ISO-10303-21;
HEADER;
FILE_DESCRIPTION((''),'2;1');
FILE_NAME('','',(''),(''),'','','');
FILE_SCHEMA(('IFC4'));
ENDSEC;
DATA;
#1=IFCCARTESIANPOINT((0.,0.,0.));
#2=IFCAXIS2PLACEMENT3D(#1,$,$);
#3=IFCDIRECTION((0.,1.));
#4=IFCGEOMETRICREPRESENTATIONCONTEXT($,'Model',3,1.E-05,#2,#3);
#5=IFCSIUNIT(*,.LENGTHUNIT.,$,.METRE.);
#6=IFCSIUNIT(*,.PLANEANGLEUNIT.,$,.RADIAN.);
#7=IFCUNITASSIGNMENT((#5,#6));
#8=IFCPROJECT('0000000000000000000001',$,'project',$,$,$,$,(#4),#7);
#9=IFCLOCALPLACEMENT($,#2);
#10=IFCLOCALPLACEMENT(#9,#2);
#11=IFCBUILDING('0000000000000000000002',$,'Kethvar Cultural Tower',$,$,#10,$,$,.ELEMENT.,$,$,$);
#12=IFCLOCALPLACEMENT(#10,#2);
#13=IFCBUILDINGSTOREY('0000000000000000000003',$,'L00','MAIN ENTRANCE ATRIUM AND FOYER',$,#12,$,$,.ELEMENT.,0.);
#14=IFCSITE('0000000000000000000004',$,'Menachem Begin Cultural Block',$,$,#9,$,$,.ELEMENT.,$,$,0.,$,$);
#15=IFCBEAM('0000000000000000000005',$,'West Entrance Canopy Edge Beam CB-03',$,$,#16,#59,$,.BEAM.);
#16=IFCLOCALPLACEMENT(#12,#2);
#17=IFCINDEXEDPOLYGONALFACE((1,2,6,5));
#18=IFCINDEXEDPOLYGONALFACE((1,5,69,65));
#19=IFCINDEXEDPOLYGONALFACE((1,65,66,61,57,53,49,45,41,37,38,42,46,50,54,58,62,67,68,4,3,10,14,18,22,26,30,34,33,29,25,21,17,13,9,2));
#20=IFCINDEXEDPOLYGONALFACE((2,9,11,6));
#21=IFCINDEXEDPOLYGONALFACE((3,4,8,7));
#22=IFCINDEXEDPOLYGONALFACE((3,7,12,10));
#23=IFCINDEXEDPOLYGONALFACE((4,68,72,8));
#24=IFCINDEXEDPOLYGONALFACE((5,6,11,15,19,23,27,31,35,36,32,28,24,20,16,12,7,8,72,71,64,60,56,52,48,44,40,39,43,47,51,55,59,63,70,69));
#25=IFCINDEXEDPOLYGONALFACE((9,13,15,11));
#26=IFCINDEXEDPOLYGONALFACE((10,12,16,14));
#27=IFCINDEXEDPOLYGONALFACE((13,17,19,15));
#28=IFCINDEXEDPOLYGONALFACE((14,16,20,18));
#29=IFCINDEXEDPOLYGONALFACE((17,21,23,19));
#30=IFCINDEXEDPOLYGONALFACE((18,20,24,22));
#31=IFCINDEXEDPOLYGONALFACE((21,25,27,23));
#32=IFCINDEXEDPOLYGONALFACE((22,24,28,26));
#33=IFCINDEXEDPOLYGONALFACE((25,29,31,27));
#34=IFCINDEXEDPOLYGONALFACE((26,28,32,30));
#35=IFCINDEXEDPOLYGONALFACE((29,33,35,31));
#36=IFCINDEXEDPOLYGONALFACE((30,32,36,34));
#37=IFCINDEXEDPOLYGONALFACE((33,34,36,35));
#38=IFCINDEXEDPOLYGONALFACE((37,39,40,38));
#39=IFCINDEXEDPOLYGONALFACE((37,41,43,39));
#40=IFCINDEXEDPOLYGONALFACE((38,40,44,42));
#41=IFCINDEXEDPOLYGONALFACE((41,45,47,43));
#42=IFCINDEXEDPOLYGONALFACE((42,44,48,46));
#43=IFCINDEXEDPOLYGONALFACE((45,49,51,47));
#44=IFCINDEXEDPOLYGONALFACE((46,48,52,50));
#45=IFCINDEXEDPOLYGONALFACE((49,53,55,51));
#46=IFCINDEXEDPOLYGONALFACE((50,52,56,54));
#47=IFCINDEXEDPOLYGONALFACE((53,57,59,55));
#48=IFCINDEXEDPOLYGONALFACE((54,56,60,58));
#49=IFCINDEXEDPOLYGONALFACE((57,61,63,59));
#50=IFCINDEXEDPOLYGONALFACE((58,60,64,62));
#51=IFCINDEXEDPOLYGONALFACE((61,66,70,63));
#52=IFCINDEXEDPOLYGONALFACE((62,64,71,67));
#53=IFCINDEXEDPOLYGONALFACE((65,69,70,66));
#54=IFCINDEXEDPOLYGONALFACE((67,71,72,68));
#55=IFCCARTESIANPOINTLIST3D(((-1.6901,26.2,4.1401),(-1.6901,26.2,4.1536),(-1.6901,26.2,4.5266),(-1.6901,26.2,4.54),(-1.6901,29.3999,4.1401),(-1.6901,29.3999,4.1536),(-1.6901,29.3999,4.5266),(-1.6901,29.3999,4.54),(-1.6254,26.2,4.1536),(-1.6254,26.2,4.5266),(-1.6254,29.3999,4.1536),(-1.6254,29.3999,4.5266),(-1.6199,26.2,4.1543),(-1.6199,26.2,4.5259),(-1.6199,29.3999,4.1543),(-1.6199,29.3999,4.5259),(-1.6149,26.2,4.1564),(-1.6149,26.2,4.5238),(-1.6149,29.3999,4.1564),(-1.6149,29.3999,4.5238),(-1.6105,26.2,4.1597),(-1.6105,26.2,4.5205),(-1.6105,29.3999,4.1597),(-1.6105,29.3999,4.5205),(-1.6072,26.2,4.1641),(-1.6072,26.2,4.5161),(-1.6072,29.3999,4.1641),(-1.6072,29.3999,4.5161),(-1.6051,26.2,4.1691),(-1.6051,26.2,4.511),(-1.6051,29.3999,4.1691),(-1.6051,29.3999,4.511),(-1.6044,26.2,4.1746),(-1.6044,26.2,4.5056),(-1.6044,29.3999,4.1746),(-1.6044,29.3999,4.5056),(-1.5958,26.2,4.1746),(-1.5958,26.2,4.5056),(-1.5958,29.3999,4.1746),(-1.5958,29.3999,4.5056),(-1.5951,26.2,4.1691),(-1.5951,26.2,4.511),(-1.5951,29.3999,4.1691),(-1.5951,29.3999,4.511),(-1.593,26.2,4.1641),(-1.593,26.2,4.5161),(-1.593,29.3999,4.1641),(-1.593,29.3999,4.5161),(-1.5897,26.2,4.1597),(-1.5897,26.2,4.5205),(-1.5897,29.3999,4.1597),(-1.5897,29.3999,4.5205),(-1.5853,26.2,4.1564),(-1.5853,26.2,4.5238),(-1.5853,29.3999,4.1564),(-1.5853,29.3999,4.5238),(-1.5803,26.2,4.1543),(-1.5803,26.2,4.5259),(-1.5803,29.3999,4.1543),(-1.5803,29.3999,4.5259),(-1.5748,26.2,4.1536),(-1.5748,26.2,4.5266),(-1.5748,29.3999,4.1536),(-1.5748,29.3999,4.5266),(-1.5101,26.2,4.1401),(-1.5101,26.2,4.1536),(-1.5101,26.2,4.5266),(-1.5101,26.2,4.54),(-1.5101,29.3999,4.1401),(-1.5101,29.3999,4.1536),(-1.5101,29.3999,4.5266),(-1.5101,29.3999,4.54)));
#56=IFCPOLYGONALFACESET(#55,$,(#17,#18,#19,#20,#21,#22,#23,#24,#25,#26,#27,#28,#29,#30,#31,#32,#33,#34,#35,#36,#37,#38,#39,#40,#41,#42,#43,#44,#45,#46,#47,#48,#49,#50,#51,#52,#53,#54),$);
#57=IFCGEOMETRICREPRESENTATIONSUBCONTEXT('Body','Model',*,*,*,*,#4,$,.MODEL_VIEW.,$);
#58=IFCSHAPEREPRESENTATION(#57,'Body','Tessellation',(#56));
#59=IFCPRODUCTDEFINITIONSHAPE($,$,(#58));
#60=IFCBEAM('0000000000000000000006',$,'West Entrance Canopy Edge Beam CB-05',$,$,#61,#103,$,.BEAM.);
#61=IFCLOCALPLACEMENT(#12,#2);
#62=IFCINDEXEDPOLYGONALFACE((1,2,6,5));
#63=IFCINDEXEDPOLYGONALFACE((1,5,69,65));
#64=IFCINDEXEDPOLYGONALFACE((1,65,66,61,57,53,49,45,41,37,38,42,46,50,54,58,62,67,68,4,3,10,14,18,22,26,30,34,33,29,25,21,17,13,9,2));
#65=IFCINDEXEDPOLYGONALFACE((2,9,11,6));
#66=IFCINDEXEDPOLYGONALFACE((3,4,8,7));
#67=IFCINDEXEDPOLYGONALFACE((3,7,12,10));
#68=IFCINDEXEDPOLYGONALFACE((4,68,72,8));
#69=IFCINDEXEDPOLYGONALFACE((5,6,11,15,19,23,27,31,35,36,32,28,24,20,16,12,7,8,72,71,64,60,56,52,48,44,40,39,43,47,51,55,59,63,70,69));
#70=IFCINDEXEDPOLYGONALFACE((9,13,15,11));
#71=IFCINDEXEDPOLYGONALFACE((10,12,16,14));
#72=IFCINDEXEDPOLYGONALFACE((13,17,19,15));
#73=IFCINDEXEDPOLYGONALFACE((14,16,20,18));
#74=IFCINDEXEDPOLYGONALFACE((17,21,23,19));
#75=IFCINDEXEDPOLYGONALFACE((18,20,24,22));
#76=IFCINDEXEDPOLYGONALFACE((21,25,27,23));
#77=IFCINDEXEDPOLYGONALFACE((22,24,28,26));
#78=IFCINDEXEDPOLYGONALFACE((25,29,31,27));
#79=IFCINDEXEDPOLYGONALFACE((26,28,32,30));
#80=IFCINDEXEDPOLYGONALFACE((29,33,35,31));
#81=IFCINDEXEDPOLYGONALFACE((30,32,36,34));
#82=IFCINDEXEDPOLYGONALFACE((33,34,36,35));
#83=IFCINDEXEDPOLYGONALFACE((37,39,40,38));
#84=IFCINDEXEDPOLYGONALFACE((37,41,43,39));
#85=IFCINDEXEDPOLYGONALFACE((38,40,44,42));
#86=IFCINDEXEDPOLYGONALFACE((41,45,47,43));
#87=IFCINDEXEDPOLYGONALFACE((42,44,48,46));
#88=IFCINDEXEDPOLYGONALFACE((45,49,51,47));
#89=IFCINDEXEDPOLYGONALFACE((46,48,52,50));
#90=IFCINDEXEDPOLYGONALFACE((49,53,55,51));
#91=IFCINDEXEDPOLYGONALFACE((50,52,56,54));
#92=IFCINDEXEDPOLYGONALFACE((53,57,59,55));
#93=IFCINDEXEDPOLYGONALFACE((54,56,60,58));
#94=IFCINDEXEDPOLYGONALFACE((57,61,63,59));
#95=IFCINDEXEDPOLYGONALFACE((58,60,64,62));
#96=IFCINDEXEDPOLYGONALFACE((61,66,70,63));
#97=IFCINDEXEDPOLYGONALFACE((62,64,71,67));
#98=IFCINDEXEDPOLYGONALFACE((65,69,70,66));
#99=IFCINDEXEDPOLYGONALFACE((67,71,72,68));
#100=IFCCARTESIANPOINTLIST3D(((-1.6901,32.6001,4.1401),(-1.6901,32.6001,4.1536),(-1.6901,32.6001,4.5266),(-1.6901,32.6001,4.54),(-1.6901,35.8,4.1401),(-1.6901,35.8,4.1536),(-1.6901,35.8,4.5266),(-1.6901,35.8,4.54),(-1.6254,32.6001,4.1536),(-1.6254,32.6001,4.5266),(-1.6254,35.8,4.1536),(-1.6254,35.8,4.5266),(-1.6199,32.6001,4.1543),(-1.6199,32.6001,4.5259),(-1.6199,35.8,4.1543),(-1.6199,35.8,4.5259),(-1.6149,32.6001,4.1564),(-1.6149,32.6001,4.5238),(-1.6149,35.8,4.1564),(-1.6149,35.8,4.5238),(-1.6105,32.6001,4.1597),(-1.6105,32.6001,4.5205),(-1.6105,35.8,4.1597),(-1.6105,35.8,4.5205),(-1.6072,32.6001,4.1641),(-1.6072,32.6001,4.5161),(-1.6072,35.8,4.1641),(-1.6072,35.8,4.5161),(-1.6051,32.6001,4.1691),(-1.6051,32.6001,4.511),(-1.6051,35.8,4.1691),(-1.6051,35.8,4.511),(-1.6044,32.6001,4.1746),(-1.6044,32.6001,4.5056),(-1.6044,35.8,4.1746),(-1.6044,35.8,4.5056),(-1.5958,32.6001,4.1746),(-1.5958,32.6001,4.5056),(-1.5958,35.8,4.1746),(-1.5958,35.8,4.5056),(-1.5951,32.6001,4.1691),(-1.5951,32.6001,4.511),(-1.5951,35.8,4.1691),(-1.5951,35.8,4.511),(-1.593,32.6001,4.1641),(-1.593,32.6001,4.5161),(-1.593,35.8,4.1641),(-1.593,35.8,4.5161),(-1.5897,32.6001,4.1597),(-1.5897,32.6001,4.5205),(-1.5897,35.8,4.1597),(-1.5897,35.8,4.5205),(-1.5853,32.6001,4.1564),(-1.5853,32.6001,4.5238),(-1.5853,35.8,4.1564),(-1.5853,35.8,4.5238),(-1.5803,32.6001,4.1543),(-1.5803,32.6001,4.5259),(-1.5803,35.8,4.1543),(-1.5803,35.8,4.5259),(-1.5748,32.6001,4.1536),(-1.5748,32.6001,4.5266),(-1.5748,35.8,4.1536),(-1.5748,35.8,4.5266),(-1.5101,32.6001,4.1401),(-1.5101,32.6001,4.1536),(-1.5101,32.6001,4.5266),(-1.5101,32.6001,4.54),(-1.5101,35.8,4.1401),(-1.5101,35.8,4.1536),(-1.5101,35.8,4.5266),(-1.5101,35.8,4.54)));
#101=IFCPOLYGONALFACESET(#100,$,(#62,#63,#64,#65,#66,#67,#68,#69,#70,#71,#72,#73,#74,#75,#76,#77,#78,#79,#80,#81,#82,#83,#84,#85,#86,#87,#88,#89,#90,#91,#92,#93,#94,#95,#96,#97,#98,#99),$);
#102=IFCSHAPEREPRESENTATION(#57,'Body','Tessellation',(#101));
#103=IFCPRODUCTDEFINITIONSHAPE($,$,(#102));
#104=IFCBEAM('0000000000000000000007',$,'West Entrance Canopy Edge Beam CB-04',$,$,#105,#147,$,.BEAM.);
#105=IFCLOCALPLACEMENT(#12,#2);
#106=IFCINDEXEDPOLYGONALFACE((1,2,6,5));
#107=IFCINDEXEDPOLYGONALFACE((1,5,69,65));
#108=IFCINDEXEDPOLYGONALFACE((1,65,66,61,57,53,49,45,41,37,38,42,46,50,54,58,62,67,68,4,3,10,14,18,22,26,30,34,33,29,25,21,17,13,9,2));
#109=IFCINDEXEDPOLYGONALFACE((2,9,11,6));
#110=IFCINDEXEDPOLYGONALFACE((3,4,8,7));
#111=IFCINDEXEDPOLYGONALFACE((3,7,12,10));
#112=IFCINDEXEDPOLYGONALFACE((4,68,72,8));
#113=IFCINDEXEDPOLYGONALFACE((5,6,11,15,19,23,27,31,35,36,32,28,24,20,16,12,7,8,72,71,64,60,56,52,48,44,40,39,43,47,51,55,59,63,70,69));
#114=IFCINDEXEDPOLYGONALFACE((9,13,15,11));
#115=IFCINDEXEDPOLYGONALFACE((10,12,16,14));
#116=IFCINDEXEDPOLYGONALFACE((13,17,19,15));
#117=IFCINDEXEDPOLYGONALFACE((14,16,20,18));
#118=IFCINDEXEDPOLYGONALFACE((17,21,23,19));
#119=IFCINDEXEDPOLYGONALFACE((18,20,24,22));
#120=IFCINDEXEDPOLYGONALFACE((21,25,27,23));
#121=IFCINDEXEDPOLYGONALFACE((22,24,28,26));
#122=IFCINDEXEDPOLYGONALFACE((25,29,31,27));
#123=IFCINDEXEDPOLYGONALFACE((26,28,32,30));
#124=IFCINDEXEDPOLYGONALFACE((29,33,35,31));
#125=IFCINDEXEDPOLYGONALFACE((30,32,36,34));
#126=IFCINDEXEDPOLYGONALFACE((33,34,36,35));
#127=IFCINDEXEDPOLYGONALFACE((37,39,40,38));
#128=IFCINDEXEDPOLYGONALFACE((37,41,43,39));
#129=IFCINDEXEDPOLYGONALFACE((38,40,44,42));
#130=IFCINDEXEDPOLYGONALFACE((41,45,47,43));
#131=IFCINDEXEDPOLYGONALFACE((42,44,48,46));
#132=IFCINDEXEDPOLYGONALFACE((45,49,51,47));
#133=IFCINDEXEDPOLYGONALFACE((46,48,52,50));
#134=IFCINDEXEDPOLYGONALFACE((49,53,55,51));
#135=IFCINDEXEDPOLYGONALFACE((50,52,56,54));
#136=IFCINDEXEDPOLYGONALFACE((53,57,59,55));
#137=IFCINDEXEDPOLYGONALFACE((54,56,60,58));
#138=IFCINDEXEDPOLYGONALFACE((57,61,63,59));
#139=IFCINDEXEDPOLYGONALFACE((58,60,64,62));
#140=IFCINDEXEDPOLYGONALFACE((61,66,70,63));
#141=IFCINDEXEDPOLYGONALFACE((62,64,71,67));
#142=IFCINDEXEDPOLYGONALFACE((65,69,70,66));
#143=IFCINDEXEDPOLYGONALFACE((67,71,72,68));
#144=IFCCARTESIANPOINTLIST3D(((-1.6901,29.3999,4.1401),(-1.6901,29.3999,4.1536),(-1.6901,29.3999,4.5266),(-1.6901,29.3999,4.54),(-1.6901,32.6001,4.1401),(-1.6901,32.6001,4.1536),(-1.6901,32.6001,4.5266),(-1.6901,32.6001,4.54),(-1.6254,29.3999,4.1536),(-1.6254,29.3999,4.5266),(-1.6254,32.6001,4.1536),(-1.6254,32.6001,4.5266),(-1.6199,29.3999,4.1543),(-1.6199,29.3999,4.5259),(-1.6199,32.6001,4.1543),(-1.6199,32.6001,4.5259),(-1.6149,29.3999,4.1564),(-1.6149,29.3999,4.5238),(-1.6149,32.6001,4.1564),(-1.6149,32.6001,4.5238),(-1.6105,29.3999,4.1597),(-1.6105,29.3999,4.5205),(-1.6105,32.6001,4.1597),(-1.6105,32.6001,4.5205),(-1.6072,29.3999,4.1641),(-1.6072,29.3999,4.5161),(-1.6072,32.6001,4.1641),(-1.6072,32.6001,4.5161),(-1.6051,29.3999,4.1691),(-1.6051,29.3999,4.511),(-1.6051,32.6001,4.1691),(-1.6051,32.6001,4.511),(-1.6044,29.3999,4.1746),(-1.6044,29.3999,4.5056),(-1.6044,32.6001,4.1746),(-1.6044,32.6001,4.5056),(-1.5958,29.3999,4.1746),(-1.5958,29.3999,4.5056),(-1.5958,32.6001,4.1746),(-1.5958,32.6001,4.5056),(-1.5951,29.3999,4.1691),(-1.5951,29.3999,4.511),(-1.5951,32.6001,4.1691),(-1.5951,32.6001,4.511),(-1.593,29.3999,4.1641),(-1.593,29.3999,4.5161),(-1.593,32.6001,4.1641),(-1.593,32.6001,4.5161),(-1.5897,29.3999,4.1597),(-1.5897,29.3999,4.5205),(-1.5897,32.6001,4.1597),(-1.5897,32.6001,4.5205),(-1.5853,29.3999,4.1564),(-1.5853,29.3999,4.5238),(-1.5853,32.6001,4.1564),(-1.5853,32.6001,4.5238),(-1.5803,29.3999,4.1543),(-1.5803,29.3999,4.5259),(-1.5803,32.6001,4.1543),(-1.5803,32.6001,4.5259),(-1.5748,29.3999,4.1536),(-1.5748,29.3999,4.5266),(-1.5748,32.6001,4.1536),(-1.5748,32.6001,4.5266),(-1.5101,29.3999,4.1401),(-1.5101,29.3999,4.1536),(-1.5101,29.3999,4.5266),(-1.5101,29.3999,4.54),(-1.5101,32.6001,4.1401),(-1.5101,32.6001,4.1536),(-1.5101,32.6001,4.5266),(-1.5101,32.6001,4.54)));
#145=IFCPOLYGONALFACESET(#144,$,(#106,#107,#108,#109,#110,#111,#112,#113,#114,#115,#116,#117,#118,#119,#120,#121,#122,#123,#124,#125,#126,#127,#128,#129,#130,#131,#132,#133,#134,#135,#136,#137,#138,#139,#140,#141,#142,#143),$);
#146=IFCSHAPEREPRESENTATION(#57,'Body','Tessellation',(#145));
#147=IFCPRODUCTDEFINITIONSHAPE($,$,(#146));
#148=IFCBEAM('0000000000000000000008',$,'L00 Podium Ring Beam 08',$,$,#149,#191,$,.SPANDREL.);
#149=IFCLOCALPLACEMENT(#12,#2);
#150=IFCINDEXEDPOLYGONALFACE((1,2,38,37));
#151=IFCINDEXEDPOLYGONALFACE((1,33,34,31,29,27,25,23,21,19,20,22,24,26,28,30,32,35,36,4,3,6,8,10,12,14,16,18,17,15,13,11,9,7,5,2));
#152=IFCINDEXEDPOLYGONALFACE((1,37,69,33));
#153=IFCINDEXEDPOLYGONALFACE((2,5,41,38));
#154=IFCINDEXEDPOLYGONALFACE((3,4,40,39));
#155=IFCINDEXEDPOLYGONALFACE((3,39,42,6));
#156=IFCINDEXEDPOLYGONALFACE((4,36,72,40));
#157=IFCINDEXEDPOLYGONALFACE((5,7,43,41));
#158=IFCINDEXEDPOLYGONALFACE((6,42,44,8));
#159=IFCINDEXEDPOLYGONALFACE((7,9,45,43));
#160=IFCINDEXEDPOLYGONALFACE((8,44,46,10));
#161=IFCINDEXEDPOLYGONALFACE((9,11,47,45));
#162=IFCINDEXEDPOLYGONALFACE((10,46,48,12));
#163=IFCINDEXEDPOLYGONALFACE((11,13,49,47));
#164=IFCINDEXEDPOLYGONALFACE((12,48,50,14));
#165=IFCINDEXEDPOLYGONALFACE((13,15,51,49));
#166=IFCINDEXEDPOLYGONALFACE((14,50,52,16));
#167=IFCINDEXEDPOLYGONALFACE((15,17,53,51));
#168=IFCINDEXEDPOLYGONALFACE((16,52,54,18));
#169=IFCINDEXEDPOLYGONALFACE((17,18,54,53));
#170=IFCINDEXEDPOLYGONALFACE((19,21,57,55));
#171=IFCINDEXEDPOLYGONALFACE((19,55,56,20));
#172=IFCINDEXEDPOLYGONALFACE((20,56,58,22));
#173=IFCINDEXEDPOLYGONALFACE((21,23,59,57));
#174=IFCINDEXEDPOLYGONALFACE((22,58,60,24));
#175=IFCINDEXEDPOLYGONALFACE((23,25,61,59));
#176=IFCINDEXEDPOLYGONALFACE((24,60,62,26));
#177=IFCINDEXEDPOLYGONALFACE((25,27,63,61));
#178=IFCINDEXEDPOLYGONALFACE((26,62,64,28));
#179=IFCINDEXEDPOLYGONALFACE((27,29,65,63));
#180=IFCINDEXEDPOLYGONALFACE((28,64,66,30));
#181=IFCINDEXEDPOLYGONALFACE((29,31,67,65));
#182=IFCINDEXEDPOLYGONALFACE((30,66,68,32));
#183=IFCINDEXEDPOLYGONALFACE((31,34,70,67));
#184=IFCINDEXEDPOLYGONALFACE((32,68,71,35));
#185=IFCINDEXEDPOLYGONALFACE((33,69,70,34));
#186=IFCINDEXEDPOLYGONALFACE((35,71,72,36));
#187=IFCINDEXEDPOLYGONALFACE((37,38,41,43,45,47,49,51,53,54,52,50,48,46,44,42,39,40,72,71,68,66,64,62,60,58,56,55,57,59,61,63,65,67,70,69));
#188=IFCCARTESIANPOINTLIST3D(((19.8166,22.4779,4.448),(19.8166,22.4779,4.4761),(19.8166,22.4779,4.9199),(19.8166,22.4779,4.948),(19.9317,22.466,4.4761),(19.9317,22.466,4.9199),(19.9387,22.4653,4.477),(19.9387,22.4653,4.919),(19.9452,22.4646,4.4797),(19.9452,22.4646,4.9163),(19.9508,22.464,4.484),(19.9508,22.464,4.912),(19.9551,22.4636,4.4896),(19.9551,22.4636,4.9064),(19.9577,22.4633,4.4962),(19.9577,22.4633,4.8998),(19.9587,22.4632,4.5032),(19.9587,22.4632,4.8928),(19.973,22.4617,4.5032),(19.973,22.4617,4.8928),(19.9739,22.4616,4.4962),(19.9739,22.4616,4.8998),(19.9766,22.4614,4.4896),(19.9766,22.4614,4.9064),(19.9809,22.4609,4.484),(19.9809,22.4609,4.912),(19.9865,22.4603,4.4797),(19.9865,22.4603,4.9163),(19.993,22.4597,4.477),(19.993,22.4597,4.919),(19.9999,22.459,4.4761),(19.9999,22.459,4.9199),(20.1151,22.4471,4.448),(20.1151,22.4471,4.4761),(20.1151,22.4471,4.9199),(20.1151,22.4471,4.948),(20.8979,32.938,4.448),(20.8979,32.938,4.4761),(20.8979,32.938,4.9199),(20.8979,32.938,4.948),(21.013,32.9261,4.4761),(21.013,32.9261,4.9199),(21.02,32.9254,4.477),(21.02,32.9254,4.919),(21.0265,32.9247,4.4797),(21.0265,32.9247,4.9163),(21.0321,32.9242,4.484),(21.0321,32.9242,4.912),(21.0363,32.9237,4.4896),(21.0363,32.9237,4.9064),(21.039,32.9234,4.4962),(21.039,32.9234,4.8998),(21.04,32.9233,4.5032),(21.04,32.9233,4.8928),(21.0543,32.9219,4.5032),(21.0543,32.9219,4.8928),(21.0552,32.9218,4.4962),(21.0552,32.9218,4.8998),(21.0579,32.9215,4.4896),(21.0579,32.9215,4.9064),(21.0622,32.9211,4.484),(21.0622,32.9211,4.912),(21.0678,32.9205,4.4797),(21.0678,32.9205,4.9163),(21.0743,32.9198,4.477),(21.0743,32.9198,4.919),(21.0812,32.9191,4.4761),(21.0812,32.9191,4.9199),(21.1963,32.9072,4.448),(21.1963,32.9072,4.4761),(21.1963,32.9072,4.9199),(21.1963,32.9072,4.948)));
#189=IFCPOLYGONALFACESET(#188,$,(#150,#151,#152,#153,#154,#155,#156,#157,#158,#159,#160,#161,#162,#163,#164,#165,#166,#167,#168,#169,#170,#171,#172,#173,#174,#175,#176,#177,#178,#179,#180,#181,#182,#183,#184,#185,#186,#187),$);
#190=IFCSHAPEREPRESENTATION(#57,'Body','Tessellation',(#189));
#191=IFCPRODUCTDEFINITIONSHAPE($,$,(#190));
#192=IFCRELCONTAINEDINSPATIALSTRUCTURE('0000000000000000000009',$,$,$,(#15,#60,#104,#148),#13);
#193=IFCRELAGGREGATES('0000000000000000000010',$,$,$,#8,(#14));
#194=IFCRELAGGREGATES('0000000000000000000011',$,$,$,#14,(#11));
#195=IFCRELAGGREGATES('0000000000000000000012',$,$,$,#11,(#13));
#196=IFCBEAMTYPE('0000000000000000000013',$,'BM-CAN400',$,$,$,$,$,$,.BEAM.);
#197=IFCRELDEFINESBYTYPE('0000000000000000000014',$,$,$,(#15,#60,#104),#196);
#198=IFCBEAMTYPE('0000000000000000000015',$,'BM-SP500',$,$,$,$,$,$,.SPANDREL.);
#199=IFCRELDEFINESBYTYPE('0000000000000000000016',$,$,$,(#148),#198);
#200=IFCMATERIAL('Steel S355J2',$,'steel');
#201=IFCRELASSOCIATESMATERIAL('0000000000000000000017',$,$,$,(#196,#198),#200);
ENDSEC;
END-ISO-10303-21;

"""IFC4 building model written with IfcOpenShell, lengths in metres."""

from ifc_helpers import new_model, si_unit, direction, frame, origin, origin_2d, place, context, subcontext, project, spatial, i_section, extrude, source, transform, mapped, material, material_profile, profile_set, type_object, element, save


model = new_model("IFC4")

# Units and contexts
model_context = context("Model", 3, precision=1e-05, world=origin(), true_north=direction((0.0, 1.0)))
body_context = subcontext(model_context, "Body", "Model", "MODEL_VIEW")
ifc_project = project(units=[si_unit("LENGTHUNIT", "METRE"), si_unit("PLANEANGLEUNIT", "RADIAN")], contexts=[model_context])

# Site, building, storey
site_placement = place(None, origin())
site = spatial("IfcSite", under=ifc_project, at=site_placement, Name="Menachem Begin Cultural Block", CompositionType="ELEMENT", RefElevation=0.0)
building_placement = place(site_placement, origin())
building = spatial("IfcBuilding", under=site, at=building_placement, Name="Kethvar Cultural Tower", CompositionType="ELEMENT")
storey_placement = place(building_placement, origin())
storey = spatial("IfcBuildingStorey", under=building, at=storey_placement, Name="L00", Description="MAIN ENTRANCE ATRIUM AND FOYER", CompositionType="ELEMENT", Elevation=0.0)

# Beams
ifc_material_1 = material(Name="Steel S355J2", Category="steel")
ifc_material_profile_1 = material_profile(ifc_material_1, i_section(OverallWidth=0.1799, OverallDepth=0.3999, WebThickness=0.0085, FlangeThickness=0.0134, FilletRadius=0.021, at=origin_2d()), Name="Steel S355J2 — IPE400")
ifc_profile_set_1 = profile_set([ifc_material_profile_1], Name="Steel S355J2 — IPE400")
beam_type_1 = type_object("IfcBeamType", Name="BM-CAN400", PredefinedType="BEAM", material=ifc_profile_set_1)
shared_shape_1 = source(origin(), body_context, "Body", "SweptSolid", [
    extrude(i_section(OverallWidth=0.1799, OverallDepth=0.3999, WebThickness=0.0085, FlangeThickness=0.0134, FilletRadius=0.021, at=origin_2d()), origin(), (0.0, 0.0, 1.0), 3.2),
])
for number, where, z_axis, x_axis, name in (
    (1, (-1.6001, 26.2, 4.3401), (0.0, 1.0, 0.0), (-1.0, 0.0, 0.0), "West Entrance Canopy Edge Beam CB-03"),
    (2, (-1.6001, 32.6001, 4.3401), (0.0, 1.0, 0.0), (-1.0, 0.0, 0.0), "West Entrance Canopy Edge Beam CB-05"),
):
    element("IfcBeam", number, at=place(storey_placement, frame(where, z_axis=z_axis, x_axis=x_axis)), inside=storey, type_object=beam_type_1, Name=name, PredefinedType="BEAM", context=body_context, shape_type="MappedRepresentation", body=[
        mapped(shared_shape_1, transform((0.0, 0.0, 0.0), scale=1.0)),
    ])
shared_shape_2 = source(origin(), body_context, "Body", "SweptSolid", [
    extrude(i_section(OverallWidth=0.1799, OverallDepth=0.3999, WebThickness=0.0085, FlangeThickness=0.0134, FilletRadius=0.021, at=origin_2d()), origin(), (0.0, 0.0, 1.0), 3.2002),
])
beam_1_placement = place(storey_placement, frame((-1.6001, 29.3999, 4.3401), z_axis=(0.0, 1.0, 0.0), x_axis=(-1.0, 0.0, 0.0)))
element("IfcBeam", 3, at=beam_1_placement, inside=storey, type_object=beam_type_1, Name="West Entrance Canopy Edge Beam CB-04", PredefinedType="BEAM", context=body_context, shape_type="MappedRepresentation", body=[
    mapped(shared_shape_2, transform((0.0, 0.0, 0.0), scale=1.0)),
])
ifc_material_profile_2 = material_profile(ifc_material_1, i_section(OverallWidth=0.3, OverallDepth=0.5, WebThickness=0.0144, FlangeThickness=0.0281, FilletRadius=0.0271, at=origin_2d()), Name="Steel S355J2 — HEB500")
ifc_profile_set_2 = profile_set([ifc_material_profile_2], Name="Steel S355J2 — HEB500")
beam_type_2 = type_object("IfcBeamType", Name="BM-SP500", PredefinedType="SPANDREL", material=ifc_profile_set_2)
shared_shape_3 = source(origin(), body_context, "Body", "SweptSolid", [
    extrude(i_section(OverallWidth=0.3, OverallDepth=0.5, WebThickness=0.0144, FlangeThickness=0.0281, FilletRadius=0.0271, at=origin_2d()), origin(), (0.0, 0.0, 1.0), 10.5159),
])
beam_2_placement = place(storey_placement, frame((21.0471, 32.9226, 4.698), z_axis=(-0.102825, -0.994699, 0.0), x_axis=(0.994699, -0.102825, 0.0)))
element("IfcBeam", 4, at=beam_2_placement, inside=storey, type_object=beam_type_2, Name="L00 Podium Ring Beam 08", PredefinedType="SPANDREL", context=body_context, shape_type="MappedRepresentation", body=[
    mapped(shared_shape_3, transform((0.0, 0.0, 0.0), scale=1.0)),
])

save(model, "model.ifc")
